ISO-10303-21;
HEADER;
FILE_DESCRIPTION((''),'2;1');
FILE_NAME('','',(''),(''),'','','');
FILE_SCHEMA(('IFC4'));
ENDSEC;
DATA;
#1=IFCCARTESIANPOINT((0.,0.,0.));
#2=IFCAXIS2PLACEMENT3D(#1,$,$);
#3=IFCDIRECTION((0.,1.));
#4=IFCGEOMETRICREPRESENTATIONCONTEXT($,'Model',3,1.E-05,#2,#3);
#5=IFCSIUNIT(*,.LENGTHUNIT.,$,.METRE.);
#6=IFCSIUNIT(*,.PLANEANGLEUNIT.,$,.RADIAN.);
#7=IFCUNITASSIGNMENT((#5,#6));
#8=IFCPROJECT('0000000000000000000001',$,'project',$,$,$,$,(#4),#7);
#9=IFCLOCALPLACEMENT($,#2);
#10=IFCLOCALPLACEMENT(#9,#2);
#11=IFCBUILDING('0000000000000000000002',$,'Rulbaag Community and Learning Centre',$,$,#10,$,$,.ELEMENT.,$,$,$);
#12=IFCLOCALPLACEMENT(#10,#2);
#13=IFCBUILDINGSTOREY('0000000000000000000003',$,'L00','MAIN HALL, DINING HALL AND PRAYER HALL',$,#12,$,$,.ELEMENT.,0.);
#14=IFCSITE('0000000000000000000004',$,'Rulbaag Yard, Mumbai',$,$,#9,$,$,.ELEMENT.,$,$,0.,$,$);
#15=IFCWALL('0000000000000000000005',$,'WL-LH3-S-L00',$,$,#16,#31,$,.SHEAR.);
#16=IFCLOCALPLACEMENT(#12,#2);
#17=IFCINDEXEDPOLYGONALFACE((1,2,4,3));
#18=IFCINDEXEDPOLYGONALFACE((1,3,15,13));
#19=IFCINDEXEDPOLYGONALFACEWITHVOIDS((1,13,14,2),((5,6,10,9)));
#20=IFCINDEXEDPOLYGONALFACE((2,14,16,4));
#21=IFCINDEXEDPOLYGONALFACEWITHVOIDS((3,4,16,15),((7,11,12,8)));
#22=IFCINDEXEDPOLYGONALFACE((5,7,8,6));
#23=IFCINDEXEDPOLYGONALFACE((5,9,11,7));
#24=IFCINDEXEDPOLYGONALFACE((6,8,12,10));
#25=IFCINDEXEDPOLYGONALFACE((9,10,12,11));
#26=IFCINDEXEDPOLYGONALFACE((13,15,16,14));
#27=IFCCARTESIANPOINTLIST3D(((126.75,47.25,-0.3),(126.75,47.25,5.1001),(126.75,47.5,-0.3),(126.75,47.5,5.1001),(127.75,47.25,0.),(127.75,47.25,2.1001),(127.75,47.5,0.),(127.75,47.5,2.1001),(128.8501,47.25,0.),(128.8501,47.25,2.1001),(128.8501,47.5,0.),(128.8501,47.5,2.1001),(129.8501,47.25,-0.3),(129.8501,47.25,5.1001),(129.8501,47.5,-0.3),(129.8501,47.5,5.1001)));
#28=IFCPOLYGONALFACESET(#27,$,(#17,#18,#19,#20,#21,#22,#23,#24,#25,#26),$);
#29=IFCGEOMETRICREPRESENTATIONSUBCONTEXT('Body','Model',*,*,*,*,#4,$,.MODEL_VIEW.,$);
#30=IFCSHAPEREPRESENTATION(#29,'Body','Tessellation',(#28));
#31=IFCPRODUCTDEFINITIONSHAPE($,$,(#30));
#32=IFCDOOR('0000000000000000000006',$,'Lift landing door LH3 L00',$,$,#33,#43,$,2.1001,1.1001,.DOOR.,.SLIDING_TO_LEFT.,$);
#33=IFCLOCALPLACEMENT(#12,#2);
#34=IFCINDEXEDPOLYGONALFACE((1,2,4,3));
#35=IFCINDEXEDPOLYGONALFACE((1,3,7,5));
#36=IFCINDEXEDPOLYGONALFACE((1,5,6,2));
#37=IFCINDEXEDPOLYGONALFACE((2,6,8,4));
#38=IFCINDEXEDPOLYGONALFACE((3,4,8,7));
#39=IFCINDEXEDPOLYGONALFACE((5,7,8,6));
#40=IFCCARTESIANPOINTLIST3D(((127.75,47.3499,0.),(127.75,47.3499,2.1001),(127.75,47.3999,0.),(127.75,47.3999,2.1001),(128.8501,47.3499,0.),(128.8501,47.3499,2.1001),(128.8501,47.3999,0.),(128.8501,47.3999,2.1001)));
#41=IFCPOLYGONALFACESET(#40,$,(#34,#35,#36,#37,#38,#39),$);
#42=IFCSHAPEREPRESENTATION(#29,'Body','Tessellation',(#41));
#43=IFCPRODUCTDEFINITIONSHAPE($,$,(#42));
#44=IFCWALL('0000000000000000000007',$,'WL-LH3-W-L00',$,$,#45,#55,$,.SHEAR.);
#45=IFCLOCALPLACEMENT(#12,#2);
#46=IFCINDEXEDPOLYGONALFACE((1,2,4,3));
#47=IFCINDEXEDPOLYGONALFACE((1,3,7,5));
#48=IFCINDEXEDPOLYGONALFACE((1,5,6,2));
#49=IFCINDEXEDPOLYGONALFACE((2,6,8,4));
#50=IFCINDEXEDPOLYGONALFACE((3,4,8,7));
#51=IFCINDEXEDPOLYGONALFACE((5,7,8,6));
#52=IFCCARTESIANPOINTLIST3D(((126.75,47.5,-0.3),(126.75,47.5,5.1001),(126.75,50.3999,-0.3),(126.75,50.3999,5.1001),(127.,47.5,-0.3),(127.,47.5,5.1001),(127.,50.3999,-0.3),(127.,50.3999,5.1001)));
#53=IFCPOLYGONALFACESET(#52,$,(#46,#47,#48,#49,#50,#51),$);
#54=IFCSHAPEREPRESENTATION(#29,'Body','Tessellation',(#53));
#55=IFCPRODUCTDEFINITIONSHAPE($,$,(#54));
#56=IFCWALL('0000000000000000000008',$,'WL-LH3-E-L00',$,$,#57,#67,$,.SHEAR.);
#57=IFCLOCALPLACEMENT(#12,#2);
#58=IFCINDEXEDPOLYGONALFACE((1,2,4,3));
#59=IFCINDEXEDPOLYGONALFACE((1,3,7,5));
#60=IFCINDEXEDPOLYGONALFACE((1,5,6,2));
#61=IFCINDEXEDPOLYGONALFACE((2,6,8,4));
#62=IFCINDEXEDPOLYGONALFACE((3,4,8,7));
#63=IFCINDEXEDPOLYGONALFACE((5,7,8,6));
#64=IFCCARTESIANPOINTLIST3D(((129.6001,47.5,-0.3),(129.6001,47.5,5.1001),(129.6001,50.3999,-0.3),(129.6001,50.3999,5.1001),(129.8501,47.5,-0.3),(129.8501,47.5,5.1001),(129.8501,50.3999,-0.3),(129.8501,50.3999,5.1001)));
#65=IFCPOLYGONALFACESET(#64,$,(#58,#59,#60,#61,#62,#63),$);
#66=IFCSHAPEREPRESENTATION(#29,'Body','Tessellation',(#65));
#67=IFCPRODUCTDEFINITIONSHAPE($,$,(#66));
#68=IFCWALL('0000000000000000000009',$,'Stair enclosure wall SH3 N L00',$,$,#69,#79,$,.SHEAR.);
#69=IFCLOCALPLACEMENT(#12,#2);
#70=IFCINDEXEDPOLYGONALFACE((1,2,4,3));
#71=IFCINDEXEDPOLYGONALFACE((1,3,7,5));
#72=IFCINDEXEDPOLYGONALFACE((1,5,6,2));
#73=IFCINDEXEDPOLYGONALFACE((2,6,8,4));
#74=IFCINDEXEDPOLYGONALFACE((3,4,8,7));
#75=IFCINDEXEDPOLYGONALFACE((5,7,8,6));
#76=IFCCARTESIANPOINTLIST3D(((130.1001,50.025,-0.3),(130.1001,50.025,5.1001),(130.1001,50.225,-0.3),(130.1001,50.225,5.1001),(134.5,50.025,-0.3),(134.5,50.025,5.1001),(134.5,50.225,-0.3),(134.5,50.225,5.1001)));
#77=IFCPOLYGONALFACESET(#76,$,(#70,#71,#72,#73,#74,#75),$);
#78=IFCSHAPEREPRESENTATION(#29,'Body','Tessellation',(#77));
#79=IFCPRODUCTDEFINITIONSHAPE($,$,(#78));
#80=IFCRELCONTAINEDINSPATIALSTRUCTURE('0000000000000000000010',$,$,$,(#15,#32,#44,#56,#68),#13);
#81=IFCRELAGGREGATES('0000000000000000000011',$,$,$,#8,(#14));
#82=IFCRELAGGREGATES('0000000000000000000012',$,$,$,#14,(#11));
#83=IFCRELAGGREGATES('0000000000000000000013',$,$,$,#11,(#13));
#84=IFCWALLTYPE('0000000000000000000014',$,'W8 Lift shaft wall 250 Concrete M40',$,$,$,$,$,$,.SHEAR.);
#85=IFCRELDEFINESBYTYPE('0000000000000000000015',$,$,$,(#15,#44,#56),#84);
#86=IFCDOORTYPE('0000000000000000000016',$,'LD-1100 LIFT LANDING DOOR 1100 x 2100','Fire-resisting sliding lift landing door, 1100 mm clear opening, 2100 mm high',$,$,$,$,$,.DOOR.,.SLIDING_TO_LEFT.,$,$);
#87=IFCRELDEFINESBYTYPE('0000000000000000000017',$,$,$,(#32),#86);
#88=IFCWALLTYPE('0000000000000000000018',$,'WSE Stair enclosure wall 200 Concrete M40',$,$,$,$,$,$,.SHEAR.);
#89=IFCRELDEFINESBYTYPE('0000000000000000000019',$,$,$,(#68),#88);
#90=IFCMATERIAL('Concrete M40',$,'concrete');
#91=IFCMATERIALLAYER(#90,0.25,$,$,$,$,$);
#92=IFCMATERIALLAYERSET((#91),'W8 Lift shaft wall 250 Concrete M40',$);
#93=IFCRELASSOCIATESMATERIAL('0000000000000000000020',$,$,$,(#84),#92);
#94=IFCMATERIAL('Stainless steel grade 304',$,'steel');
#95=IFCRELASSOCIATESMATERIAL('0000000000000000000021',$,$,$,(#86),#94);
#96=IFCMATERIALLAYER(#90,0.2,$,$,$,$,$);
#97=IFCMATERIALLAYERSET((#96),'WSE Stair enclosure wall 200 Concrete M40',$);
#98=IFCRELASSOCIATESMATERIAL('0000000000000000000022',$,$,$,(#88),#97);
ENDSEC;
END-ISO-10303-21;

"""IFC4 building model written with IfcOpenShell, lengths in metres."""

from ifc_helpers import new_model, si_unit, direction, frame, frame_2d, origin, place, context, subcontext, project, spatial, rectangle, extrude, material, layer, layer_set, type_object, element, fill, save


model = new_model("IFC4")

# Units and contexts
model_context = context("Model", 3, precision=1e-05, world=origin(), true_north=direction((0.0, 1.0)))
body_context = subcontext(model_context, "Body", "Model", "MODEL_VIEW")
ifc_project = project(units=[si_unit("LENGTHUNIT", "METRE"), si_unit("PLANEANGLEUNIT", "RADIAN")], contexts=[model_context])

# Site, building, storey
site_placement = place(None, origin())
site = spatial("IfcSite", under=ifc_project, at=site_placement, Name="Rulbaag Yard, Mumbai", CompositionType="ELEMENT", RefElevation=0.0)
building_placement = place(site_placement, origin())
building = spatial("IfcBuilding", under=site, at=building_placement, Name="Rulbaag Community and Learning Centre", CompositionType="ELEMENT")
storey_placement = place(building_placement, origin())
storey = spatial("IfcBuildingStorey", under=building, at=storey_placement, Name="L00", Description="MAIN HALL, DINING HALL AND PRAYER HALL", CompositionType="ELEMENT", Elevation=0.0)

# Shared definitions
ifc_material_1 = material(Name="Concrete M40", Category="concrete")

# Wall, opening, door
ifc_layer_1 = layer(ifc_material_1, 0.25)
ifc_layer_set_1 = layer_set([ifc_layer_1], Name="W8 Lift shaft wall 250 Concrete M40")
wall_type_1 = type_object("IfcWallType", Name="W8 Lift shaft wall 250 Concrete M40", PredefinedType="SHEAR", material=ifc_layer_set_1)
wall_1_placement = place(storey_placement, frame((126.75, 47.375, -0.3), z_axis=(0.0, 0.0, 1.0), x_axis=(1.0, 0.0, 0.0)))
wall_1 = element("IfcWall", 1, at=wall_1_placement, inside=storey, type_object=wall_type_1, Name="WL-LH3-S-L00", PredefinedType="SHEAR", context=body_context, shape_type="SweptSolid", body=[
    extrude(rectangle(XDim=3.1001, YDim=0.25, at=frame_2d((1.55, 0.0))), origin(), (0.0, 0.0, 1.0), 5.4001),
])
opening_1_placement = place(wall_1_placement, frame((1.0, 0.0, 0.3)))
opening_1 = element("IfcOpeningElement", 2, at=opening_1_placement, cuts=wall_1, PredefinedType="OPENING", context=body_context, shape_type="SweptSolid", body=[
    extrude(rectangle(XDim=1.1001, YDim=2.1001, at=frame_2d((0.55, 1.05))), frame((0.0, 0.135, 0.0), z_axis=(0.0, -1.0, 0.0), x_axis=(1.0, 0.0, 0.0)), (0.0, 0.0, 1.0), 0.27),
])
ifc_material_2 = material(Name="Stainless steel grade 304", Category="steel")
door_type_1 = type_object("IfcDoorType", Name="LD-1100 LIFT LANDING DOOR 1100 x 2100", Description="Fire-resisting sliding lift landing door, 1100 mm clear opening, 2100 mm high", OperationType="SLIDING_TO_LEFT", PredefinedType="DOOR", material=ifc_material_2)
door_1_placement = place(opening_1_placement, origin())
door_1 = element("IfcDoor", 3, at=door_1_placement, inside=storey, type_object=door_type_1, Name="Lift landing door LH3 L00", OperationType="SLIDING_TO_LEFT", OverallHeight=2.1001, OverallWidth=1.1001, PredefinedType="DOOR", context=body_context, shape_type="SweptSolid", body=[
    extrude(rectangle(XDim=1.1001, YDim=2.1001, at=frame_2d((0.55, 1.05))), frame((0.0, 0.0249, 0.0), z_axis=(0.0, -1.0, 0.0), x_axis=(1.0, 0.0, 0.0)), (0.0, 0.0, 1.0), 0.05),
])
fill(opening_1, door_1)

# Walls
for number, where, z_axis, x_axis, name in (
    (4, (126.875, 47.5, -0.3), (0.0, 0.0, 1.0), (0.0, 1.0, 0.0), "WL-LH3-W-L00"),
    (5, (129.7251, 47.5, -0.3), (0.0, 0.0, 1.0), (0.0, 1.0, 0.0), "WL-LH3-E-L00"),
):
    element("IfcWall", number, at=place(storey_placement, frame(where, z_axis=z_axis, x_axis=x_axis)), inside=storey, type_object=wall_type_1, Name=name, PredefinedType="SHEAR", context=body_context, shape_type="SweptSolid", body=[
        extrude(rectangle(XDim=2.8999, YDim=0.25, at=frame_2d((1.45, 0.0))), origin(), (0.0, 0.0, 1.0), 5.4001),
    ])
ifc_layer_2 = layer(ifc_material_1, 0.2)
ifc_layer_set_2 = layer_set([ifc_layer_2], Name="WSE Stair enclosure wall 200 Concrete M40")
wall_type_2 = type_object("IfcWallType", Name="WSE Stair enclosure wall 200 Concrete M40", PredefinedType="SHEAR", material=ifc_layer_set_2)
wall_2_placement = place(storey_placement, frame((130.1001, 50.125, -0.3), z_axis=(0.0, 0.0, 1.0), x_axis=(1.0, 0.0, 0.0)))
element("IfcWall", 6, at=wall_2_placement, inside=storey, type_object=wall_type_2, Name="Stair enclosure wall SH3 N L00", PredefinedType="SHEAR", context=body_context, shape_type="SweptSolid", body=[
    extrude(rectangle(XDim=4.3999, YDim=0.2, at=frame_2d((2.2, 0.0))), origin(), (0.0, 0.0, 1.0), 5.4001),
])

save(model, "model.ifc")
